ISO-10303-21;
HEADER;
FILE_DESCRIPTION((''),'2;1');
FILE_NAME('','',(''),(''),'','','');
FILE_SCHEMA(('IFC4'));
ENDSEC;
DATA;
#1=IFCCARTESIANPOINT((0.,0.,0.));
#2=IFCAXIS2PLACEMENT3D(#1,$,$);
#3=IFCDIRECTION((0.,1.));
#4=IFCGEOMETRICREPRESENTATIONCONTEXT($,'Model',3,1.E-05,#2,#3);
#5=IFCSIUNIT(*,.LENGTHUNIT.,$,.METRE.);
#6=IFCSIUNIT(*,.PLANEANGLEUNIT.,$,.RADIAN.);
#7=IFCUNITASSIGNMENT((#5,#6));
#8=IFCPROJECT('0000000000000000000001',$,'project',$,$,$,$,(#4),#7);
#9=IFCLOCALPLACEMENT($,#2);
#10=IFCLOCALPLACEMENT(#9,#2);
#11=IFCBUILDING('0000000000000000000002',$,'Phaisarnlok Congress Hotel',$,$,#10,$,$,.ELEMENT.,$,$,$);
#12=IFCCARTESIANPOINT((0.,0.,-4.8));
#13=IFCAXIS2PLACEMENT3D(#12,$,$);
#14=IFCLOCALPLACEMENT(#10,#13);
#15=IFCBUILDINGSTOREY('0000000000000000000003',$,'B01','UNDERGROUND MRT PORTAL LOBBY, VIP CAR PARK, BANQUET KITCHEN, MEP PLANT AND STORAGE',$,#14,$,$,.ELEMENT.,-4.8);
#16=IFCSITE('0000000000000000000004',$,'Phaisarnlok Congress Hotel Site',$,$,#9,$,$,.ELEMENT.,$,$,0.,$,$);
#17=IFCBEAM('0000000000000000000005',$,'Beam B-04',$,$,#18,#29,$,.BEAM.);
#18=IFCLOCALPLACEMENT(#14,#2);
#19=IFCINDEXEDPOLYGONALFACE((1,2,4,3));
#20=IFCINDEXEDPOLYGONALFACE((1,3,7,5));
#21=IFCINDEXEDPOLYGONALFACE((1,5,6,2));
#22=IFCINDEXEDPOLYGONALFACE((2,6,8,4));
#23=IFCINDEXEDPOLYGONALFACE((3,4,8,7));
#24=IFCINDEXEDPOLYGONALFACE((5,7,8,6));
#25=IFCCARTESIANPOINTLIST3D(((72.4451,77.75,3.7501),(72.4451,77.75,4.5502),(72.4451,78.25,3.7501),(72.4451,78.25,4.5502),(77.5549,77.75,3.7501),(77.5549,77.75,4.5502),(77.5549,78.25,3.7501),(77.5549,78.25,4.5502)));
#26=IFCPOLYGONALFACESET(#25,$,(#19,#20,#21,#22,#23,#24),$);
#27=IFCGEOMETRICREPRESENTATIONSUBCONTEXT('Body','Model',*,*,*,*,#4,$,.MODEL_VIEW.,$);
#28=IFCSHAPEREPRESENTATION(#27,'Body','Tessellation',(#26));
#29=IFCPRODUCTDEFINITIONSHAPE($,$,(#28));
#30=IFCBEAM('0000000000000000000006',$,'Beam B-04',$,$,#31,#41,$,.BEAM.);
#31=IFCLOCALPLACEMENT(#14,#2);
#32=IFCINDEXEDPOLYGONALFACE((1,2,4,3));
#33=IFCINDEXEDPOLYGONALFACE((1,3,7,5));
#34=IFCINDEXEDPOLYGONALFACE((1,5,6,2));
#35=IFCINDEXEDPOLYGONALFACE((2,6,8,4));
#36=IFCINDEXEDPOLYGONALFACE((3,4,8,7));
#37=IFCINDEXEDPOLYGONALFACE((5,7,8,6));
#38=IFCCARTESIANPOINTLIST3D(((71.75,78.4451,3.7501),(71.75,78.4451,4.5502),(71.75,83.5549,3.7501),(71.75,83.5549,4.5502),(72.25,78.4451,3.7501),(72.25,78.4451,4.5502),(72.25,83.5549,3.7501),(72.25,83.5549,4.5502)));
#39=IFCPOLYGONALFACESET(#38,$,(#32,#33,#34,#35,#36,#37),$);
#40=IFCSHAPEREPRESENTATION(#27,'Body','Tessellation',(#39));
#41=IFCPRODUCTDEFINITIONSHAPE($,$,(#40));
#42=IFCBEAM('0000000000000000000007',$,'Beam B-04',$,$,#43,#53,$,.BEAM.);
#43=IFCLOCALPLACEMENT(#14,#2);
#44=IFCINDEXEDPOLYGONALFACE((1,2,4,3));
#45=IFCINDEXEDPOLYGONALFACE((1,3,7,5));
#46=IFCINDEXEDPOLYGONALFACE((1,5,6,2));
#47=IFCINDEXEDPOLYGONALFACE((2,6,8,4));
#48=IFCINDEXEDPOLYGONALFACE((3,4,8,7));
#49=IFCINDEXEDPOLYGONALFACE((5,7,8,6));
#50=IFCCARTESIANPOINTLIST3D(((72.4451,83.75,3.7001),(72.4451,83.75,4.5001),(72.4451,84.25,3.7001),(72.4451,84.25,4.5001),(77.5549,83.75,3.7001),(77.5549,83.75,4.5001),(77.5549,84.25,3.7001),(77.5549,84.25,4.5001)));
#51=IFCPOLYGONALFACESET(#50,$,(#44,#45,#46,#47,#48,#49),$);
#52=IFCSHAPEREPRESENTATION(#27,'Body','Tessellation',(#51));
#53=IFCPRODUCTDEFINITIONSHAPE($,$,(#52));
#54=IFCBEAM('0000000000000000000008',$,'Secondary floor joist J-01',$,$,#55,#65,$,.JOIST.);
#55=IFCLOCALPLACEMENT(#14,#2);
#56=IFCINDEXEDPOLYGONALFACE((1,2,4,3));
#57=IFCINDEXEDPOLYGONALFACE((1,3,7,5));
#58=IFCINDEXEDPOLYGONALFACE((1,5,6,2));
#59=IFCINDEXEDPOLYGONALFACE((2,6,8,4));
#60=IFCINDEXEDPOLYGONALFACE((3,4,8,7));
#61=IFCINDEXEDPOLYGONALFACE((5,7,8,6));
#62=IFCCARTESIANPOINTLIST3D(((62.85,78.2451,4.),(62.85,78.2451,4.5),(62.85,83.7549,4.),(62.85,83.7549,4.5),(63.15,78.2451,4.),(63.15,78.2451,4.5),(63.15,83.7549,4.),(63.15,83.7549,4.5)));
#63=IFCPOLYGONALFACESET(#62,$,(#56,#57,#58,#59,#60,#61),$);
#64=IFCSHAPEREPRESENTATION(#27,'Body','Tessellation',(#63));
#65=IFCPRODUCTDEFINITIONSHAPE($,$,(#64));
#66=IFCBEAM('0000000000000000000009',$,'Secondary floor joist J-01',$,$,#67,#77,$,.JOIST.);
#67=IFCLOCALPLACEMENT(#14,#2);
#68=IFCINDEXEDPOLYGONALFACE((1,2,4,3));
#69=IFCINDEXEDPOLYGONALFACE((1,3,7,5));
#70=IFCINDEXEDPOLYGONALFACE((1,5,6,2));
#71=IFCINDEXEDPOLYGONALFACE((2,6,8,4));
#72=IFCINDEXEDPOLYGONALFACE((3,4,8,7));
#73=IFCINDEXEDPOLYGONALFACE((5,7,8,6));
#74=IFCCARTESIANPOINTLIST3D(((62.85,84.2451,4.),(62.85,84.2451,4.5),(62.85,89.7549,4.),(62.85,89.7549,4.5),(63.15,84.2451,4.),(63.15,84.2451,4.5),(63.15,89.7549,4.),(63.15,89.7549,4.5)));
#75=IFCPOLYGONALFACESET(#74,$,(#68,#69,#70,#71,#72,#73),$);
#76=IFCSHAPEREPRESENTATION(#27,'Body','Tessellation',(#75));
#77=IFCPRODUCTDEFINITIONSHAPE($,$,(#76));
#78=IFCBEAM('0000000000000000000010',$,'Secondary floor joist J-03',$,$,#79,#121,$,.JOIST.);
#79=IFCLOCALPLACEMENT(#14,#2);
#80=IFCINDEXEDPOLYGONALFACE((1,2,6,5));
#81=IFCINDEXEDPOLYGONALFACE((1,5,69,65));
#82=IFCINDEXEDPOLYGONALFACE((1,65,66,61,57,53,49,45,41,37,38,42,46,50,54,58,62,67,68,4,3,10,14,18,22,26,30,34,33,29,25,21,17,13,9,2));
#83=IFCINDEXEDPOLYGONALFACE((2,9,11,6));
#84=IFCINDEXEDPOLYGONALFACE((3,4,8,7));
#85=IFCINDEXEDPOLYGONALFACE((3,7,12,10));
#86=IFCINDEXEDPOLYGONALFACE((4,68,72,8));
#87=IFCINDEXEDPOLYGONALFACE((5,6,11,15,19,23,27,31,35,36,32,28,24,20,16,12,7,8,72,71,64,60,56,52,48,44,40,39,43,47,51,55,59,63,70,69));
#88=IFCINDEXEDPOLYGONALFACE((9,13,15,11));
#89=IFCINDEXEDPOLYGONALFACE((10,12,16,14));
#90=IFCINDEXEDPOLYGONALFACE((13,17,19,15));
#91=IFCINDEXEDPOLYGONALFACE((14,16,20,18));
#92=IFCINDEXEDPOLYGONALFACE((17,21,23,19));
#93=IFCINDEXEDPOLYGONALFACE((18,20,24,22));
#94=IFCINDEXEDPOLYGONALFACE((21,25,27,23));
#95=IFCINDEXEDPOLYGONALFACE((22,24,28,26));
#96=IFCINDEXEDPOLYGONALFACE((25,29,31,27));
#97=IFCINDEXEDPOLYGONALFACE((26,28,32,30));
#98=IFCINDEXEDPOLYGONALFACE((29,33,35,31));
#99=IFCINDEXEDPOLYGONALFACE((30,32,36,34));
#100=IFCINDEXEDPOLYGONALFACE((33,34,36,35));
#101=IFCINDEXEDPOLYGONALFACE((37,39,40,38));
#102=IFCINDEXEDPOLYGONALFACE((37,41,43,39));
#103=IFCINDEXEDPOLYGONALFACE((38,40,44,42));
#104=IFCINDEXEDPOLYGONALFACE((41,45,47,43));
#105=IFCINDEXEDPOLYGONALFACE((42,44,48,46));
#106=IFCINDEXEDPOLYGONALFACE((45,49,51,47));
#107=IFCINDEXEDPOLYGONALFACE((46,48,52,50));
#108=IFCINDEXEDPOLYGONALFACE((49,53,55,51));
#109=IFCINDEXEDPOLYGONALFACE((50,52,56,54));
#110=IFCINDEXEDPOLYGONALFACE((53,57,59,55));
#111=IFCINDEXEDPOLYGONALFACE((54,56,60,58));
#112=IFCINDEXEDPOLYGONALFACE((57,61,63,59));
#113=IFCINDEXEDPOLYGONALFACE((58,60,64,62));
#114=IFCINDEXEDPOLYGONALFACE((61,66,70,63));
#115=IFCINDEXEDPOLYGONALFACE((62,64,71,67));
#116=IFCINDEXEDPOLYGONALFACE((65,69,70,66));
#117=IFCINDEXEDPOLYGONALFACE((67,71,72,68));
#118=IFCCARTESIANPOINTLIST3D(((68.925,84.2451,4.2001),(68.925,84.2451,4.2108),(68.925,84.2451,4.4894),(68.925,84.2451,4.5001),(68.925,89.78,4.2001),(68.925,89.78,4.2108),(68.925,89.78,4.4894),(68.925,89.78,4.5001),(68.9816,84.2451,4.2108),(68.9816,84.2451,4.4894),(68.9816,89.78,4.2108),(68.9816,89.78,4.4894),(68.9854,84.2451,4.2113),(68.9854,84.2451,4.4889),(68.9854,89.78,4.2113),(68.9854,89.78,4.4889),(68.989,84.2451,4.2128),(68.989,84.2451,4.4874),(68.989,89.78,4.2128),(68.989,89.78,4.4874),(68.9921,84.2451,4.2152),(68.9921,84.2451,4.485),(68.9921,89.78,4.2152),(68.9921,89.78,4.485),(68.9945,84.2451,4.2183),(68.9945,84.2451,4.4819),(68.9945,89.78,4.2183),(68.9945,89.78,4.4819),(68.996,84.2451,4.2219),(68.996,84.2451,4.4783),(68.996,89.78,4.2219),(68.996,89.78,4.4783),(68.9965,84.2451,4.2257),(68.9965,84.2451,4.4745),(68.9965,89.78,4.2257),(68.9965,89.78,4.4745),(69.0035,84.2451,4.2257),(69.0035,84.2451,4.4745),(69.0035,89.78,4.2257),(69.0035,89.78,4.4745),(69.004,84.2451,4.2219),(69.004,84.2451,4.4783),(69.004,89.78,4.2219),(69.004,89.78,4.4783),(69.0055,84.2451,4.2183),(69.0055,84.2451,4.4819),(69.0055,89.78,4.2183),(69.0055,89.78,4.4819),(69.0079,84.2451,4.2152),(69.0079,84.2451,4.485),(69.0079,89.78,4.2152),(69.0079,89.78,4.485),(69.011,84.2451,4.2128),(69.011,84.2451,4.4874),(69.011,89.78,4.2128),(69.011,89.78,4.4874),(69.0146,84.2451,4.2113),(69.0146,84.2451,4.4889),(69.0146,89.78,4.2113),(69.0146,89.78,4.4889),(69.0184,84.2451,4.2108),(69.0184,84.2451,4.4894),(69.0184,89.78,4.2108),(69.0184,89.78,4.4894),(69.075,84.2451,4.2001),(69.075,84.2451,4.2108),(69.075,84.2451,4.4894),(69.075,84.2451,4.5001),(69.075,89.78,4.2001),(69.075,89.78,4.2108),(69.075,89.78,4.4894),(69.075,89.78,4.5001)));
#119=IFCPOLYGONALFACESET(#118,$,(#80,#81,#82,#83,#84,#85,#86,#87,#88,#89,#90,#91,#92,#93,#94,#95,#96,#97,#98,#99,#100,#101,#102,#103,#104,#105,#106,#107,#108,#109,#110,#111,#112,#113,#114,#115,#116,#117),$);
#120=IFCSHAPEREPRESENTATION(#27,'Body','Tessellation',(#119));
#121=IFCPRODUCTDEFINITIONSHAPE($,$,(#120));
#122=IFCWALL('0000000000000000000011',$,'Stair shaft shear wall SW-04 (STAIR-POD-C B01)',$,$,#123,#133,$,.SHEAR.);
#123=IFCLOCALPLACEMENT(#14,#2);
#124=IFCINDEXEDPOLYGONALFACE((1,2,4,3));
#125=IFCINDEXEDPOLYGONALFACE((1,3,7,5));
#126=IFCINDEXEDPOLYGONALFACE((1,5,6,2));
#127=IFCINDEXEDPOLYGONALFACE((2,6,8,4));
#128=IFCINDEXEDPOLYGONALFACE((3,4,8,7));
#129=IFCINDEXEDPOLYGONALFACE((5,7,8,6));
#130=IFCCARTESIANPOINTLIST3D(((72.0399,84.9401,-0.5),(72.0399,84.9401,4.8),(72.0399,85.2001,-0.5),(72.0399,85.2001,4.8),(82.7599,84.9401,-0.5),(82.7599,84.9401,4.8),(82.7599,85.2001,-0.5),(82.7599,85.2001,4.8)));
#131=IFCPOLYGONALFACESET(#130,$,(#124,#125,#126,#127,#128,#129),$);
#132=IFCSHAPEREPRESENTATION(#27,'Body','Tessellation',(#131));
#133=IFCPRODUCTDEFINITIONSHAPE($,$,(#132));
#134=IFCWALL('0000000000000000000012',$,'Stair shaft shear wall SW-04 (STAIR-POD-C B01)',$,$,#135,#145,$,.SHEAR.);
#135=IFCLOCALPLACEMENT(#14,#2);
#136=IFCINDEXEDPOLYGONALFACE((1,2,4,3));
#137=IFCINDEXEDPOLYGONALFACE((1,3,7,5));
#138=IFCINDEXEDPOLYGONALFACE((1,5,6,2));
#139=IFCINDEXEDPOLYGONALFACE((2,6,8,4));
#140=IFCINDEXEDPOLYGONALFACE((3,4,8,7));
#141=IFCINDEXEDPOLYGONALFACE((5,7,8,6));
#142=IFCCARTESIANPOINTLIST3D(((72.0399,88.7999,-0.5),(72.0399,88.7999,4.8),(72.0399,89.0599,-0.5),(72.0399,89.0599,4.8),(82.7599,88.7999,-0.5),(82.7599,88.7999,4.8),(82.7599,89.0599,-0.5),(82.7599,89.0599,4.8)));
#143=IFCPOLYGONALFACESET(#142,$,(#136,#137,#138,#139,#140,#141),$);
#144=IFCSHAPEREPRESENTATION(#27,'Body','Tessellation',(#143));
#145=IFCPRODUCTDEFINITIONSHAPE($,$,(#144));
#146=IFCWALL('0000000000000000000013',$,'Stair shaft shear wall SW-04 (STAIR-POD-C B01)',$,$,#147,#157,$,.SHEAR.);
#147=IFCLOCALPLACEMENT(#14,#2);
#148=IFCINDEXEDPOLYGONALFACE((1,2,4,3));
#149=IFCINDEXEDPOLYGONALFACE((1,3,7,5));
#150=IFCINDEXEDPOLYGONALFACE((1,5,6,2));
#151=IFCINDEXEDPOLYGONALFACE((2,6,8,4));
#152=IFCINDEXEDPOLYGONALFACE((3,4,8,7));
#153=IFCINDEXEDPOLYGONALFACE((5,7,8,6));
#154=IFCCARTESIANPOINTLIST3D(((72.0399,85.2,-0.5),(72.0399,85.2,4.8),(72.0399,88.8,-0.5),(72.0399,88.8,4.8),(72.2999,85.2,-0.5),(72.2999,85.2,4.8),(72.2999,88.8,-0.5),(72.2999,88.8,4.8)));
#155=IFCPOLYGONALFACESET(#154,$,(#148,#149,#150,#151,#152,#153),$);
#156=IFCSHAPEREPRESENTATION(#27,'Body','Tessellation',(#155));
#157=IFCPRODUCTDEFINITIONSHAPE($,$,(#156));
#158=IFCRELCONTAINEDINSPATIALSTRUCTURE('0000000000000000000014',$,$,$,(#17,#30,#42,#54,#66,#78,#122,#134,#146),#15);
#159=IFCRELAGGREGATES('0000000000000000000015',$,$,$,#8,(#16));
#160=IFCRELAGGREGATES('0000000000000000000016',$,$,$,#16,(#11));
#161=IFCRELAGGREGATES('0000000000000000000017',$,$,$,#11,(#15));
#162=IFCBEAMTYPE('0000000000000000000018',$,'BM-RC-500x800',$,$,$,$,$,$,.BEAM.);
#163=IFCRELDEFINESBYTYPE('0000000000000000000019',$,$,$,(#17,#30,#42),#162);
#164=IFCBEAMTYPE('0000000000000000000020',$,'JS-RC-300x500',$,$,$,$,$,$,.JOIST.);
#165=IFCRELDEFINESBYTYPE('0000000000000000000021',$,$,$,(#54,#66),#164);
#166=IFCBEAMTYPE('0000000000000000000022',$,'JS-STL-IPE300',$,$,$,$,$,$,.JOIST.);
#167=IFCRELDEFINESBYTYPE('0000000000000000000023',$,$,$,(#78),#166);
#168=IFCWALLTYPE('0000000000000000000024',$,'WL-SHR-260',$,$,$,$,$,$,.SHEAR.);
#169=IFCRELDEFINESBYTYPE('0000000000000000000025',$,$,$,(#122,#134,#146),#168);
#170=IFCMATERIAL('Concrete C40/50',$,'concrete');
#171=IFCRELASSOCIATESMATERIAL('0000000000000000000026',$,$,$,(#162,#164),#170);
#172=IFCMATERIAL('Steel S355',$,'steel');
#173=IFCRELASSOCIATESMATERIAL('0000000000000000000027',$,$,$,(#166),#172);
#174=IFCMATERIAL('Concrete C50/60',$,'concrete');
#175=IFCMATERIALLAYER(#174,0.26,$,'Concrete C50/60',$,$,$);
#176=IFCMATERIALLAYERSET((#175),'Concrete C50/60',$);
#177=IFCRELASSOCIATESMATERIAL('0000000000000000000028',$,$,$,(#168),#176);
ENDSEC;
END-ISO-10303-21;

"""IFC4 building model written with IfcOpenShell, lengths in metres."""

from ifc_helpers import new_model, si_unit, direction, frame, frame_2d, origin, origin_2d, place, context, subcontext, project, spatial, rectangle, i_section, extrude, material, layer, layer_set, material_profile, profile_set, type_object, element, save


model = new_model("IFC4")

# Units and contexts
model_context = context("Model", 3, precision=1e-05, world=origin(), true_north=direction((0.0, 1.0)))
body_context = subcontext(model_context, "Body", "Model", "MODEL_VIEW")
ifc_project = project(units=[si_unit("LENGTHUNIT", "METRE"), si_unit("PLANEANGLEUNIT", "RADIAN")], contexts=[model_context])

# Site, building, storey
site_placement = place(None, origin())
site = spatial("IfcSite", under=ifc_project, at=site_placement, Name="Phaisarnlok Congress Hotel Site", CompositionType="ELEMENT", RefElevation=0.0)
building_placement = place(site_placement, origin())
building = spatial("IfcBuilding", under=site, at=building_placement, Name="Phaisarnlok Congress Hotel", CompositionType="ELEMENT")
storey_placement = place(building_placement, frame((0.0, 0.0, -4.8)))
storey = spatial("IfcBuildingStorey", under=building, at=storey_placement, Name="B01", Description="UNDERGROUND MRT PORTAL LOBBY, VIP CAR PARK, BANQUET KITCHEN, MEP PLANT AND STORAGE", CompositionType="ELEMENT", Elevation=-4.8)

# Shared definitions
ifc_material_1 = material(Name="Concrete C40/50", Category="concrete")

# Shared definitions
ifc_material_2 = material(Name="Concrete C50/60", Category="concrete")

# Beams
ifc_material_profile_1 = material_profile(ifc_material_1, rectangle(XDim=0.5, YDim=0.8, at=origin_2d()), Name="RC 500x800")
ifc_profile_set_1 = profile_set([ifc_material_profile_1], Name="Concrete C40/50")
beam_type_1 = type_object("IfcBeamType", Name="BM-RC-500x800", PredefinedType="BEAM", material=ifc_profile_set_1)
for number, where, z_axis, x_axis, name in (
    (1, (72.4451, 78.0, 4.1501), (1.0, 0.0, 0.0), (0.0, 1.0, 0.0), "Beam B-04"),
    (2, (72.0, 78.4451, 4.1501), (0.0, 1.0, 0.0), (-1.0, 0.0, 0.0), "Beam B-04"),
    (3, (72.4451, 84.0, 4.1001), (1.0, 0.0, 0.0), (0.0, 1.0, 0.0), "Beam B-04"),
):
    element("IfcBeam", number, at=place(storey_placement, frame(where, z_axis=z_axis, x_axis=x_axis)), inside=storey, type_object=beam_type_1, Name=name, PredefinedType="BEAM", context=body_context, shape_type="SweptSolid", body=[
        extrude(rectangle(XDim=0.5, YDim=0.8, at=origin_2d()), origin(), (0.0, 0.0, 1.0), 5.1099),
    ])
ifc_material_profile_2 = material_profile(ifc_material_1, rectangle(XDim=0.3, YDim=0.5, at=origin_2d()), Name="RC 300x500")
ifc_profile_set_2 = profile_set([ifc_material_profile_2], Name="Concrete C40/50")
beam_type_2 = type_object("IfcBeamType", Name="JS-RC-300x500", PredefinedType="JOIST", material=ifc_profile_set_2)
for number, where, z_axis, x_axis, name in (
    (4, (63.0, 78.2451, 4.25), (0.0, 1.0, 0.0), (-1.0, 0.0, 0.0), "Secondary floor joist J-01"),
    (5, (63.0, 84.2451, 4.25), (0.0, 1.0, 0.0), (-1.0, 0.0, 0.0), "Secondary floor joist J-01"),
):
    element("IfcBeam", number, at=place(storey_placement, frame(where, z_axis=z_axis, x_axis=x_axis)), inside=storey, type_object=beam_type_2, Name=name, PredefinedType="JOIST", context=body_context, shape_type="SweptSolid", body=[
        extrude(rectangle(XDim=0.3, YDim=0.5, at=origin_2d()), origin(), (0.0, 0.0, 1.0), 5.5098),
    ])
ifc_material_3 = material(Name="Steel S355", Category="steel")
ifc_material_profile_3 = material_profile(ifc_material_3, i_section(OverallWidth=0.1499, OverallDepth=0.3, WebThickness=0.0071, FlangeThickness=0.0107, FilletRadius=0.0149, at=origin_2d()), Name="IPE 300")
ifc_profile_set_3 = profile_set([ifc_material_profile_3], Name="Steel S355")
beam_type_3 = type_object("IfcBeamType", Name="JS-STL-IPE300", PredefinedType="JOIST", material=ifc_profile_set_3)
beam_1_placement = place(storey_placement, frame((69.0, 84.2451, 4.3501), z_axis=(0.0, 1.0, 0.0), x_axis=(-1.0, 0.0, 0.0)))
element("IfcBeam", 6, at=beam_1_placement, inside=storey, type_object=beam_type_3, Name="Secondary floor joist J-03", PredefinedType="JOIST", context=body_context, shape_type="SweptSolid", body=[
    extrude(i_section(OverallWidth=0.1499, OverallDepth=0.3, WebThickness=0.0071, FlangeThickness=0.0107, FilletRadius=0.0149, at=origin_2d()), origin(), (0.0, 0.0, 1.0), 5.5349),
])

# Walls
ifc_layer = layer(ifc_material_2, 0.26, Name="Concrete C50/60")
ifc_layer_set = layer_set([ifc_layer], Name="Concrete C50/60")
wall_type = type_object("IfcWallType", Name="WL-SHR-260", PredefinedType="SHEAR", material=ifc_layer_set)
for number, where, z_axis, x_axis, name in (
    (7, (72.04, 85.0701, -0.5), (0.0, 0.0, 1.0), (1.0, 0.0, 0.0), "Stair shaft shear wall SW-04 (STAIR-POD-C B01)"),
    (8, (72.04, 88.9299, -0.5), (0.0, 0.0, 1.0), (1.0, 0.0, 0.0), "Stair shaft shear wall SW-04 (STAIR-POD-C B01)"),
):
    element("IfcWall", number, at=place(storey_placement, frame(where, z_axis=z_axis, x_axis=x_axis)), inside=storey, type_object=wall_type, Name=name, PredefinedType="SHEAR", context=body_context, shape_type="SweptSolid", body=[
        extrude(rectangle(XDim=10.72, YDim=0.26, at=frame_2d((5.3599, 0.0))), origin(), (0.0, 0.0, 1.0), 5.3),
    ])
wall_placement = place(storey_placement, frame((72.1699, 85.2, -0.5), z_axis=(0.0, 0.0, 1.0), x_axis=(0.0, 1.0, 0.0)))
element("IfcWall", 9, at=wall_placement, inside=storey, type_object=wall_type, Name="Stair shaft shear wall SW-04 (STAIR-POD-C B01)", PredefinedType="SHEAR", context=body_context, shape_type="SweptSolid", body=[
    extrude(rectangle(XDim=3.6001, YDim=0.26, at=frame_2d((1.8, 0.0))), origin(), (0.0, 0.0, 1.0), 5.3),
])

save(model, "model.ifc")
